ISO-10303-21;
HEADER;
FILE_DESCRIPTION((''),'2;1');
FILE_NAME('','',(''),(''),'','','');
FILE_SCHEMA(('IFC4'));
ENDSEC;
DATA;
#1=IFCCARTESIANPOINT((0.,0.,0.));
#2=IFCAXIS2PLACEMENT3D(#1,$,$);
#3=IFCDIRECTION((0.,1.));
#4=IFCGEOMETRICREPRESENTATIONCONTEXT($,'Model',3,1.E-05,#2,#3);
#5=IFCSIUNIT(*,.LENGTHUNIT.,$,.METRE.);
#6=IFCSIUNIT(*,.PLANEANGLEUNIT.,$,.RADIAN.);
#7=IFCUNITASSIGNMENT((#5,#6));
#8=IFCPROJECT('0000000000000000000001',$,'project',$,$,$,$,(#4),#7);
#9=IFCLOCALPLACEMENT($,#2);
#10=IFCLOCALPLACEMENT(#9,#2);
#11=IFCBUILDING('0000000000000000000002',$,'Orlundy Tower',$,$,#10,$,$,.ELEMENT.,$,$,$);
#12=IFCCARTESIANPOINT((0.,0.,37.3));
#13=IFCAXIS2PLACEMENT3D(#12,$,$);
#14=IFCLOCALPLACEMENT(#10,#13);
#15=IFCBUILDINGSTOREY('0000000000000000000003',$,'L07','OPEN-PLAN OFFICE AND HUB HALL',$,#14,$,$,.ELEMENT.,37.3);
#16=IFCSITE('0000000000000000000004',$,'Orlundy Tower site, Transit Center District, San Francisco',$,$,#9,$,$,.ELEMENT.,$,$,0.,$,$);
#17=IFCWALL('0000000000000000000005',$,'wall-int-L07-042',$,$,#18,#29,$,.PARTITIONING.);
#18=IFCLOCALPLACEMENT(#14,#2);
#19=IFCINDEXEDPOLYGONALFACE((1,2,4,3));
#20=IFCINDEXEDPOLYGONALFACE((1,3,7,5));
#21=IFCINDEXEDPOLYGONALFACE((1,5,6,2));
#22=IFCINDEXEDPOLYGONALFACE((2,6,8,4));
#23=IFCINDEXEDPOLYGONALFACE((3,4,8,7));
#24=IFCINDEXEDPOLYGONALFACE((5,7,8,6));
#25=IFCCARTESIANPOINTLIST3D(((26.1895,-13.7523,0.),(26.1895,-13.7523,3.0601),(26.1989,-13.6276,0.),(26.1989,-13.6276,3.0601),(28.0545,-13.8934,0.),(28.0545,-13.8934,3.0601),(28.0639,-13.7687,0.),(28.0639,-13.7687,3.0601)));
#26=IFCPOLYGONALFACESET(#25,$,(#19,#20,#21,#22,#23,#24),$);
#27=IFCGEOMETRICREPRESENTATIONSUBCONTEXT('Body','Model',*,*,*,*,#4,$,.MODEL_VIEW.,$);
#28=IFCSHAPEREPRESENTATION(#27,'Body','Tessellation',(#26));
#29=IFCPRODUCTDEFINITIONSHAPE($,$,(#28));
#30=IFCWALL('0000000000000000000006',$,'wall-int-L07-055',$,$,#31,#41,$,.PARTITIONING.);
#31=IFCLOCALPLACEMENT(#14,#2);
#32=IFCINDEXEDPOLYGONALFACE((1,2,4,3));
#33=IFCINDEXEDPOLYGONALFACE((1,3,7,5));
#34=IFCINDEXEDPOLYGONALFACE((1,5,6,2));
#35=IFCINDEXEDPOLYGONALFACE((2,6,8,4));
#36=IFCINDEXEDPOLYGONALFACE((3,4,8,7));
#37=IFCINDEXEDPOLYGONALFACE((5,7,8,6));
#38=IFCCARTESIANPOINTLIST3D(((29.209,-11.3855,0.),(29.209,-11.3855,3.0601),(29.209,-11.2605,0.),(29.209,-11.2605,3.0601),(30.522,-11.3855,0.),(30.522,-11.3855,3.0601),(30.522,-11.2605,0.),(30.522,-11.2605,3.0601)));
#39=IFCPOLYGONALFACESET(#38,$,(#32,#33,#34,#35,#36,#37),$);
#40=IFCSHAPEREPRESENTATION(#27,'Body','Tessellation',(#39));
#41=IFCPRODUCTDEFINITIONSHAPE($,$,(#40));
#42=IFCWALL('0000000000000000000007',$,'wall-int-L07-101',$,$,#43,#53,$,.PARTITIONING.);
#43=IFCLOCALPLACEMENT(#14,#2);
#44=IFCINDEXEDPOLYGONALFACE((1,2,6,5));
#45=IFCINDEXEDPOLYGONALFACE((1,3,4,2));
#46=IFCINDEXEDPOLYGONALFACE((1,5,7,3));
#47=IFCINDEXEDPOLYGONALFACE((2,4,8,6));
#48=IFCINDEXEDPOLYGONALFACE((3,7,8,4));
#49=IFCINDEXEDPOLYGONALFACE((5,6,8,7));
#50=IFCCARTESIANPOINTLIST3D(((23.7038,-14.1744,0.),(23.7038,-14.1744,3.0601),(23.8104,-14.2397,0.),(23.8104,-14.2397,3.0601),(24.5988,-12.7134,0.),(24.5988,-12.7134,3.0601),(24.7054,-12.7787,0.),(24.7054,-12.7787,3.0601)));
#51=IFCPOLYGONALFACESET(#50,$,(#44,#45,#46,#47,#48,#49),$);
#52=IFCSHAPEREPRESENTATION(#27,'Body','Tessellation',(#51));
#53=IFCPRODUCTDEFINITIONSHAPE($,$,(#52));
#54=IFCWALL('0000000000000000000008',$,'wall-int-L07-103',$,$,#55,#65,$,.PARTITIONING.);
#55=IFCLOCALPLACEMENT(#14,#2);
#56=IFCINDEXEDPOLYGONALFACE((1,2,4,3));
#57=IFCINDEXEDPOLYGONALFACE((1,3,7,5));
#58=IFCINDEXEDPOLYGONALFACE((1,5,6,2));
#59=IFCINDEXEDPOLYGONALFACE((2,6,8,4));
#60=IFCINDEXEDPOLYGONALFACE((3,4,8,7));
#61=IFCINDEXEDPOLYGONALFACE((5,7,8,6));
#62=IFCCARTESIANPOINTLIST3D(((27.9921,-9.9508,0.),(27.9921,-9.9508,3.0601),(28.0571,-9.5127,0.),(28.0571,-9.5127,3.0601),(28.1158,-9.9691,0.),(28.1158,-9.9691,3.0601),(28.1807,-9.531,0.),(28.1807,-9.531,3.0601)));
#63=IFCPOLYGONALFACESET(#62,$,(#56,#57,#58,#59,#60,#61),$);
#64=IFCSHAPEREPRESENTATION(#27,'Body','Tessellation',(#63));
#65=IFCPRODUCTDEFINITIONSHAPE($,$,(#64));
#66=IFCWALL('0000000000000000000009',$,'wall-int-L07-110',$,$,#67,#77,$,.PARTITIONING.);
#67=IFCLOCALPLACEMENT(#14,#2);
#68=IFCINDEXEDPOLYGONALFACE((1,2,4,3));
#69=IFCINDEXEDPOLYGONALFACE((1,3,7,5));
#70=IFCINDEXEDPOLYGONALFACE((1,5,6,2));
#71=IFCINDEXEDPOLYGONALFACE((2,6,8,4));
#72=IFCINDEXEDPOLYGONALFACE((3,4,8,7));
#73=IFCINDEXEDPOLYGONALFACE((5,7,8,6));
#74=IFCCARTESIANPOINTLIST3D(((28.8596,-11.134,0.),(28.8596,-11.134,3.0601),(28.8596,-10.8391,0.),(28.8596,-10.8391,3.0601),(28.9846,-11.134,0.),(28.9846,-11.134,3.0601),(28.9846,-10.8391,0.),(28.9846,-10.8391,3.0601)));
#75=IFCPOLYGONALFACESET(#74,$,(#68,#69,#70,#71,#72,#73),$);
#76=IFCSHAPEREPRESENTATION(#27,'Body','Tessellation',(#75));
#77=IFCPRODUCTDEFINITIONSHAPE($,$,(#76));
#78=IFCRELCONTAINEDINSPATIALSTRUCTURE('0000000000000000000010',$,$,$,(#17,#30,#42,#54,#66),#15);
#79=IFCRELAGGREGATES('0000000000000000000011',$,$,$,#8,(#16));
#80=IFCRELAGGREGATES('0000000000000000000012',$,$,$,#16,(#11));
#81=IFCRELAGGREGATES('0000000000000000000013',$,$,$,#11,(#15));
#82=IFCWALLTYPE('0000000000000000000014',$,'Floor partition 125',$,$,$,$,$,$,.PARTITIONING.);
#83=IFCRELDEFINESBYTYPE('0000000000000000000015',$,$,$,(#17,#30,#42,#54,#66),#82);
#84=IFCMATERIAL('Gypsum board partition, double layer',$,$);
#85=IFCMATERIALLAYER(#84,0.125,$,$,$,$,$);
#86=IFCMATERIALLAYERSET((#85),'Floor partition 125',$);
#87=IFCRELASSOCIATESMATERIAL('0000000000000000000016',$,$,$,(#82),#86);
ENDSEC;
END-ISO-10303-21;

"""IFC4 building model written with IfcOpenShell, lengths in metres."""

from ifc_helpers import new_model, si_unit, direction, frame, frame_2d, origin, place, context, subcontext, project, spatial, rectangle, extrude, material, layer, layer_set, type_object, element, save


model = new_model("IFC4")

# Units and contexts
model_context = context("Model", 3, precision=1e-05, world=origin(), true_north=direction((0.0, 1.0)))
body_context = subcontext(model_context, "Body", "Model", "MODEL_VIEW")
ifc_project = project(units=[si_unit("LENGTHUNIT", "METRE"), si_unit("PLANEANGLEUNIT", "RADIAN")], contexts=[model_context])

# Site, building, storey
site_placement = place(None, origin())
site = spatial("IfcSite", under=ifc_project, at=site_placement, Name="Orlundy Tower site, Transit Center District, San Francisco", CompositionType="ELEMENT", RefElevation=0.0)
building_placement = place(site_placement, origin())
building = spatial("IfcBuilding", under=site, at=building_placement, Name="Orlundy Tower", CompositionType="ELEMENT")
storey_placement = place(building_placement, frame((0.0, 0.0, 37.3)))
storey = spatial("IfcBuildingStorey", under=building, at=storey_placement, Name="L07", Description="OPEN-PLAN OFFICE AND HUB HALL", CompositionType="ELEMENT", Elevation=37.3)

# Shared definitions
ifc_material_1 = material(Name="Gypsum board partition, double layer")
ifc_layer_1 = layer(ifc_material_1, 0.125)
ifc_layer_set_1 = layer_set([ifc_layer_1], Name="Floor partition 125")
wall_type_1 = type_object("IfcWallType", Name="Floor partition 125", PredefinedType="PARTITIONING", material=ifc_layer_set_1)

# Walls
wall_1_placement = place(storey_placement, frame((28.0591, -13.8311, 0.0), z_axis=(0.0, 0.0, 1.0), x_axis=(-0.99715, 0.075449, 0.0)))
element("IfcWall", 1, at=wall_1_placement, inside=storey, type_object=wall_type_1, Name="wall-int-L07-042", PredefinedType="PARTITIONING", context=body_context, shape_type="SweptSolid", body=[
    extrude(rectangle(XDim=1.8704, YDim=0.125, at=frame_2d((0.9351, 0.0))), origin(), (0.0, 0.0, 1.0), 3.0601),
])
wall_2_placement = place(storey_placement, frame((29.209, -11.323, 0.0), z_axis=(0.0, 0.0, 1.0), x_axis=(1.0, 0.0, 0.0)))
element("IfcWall", 2, at=wall_2_placement, inside=storey, type_object=wall_type_1, Name="wall-int-L07-055", PredefinedType="PARTITIONING", context=body_context, shape_type="SweptSolid", body=[
    extrude(rectangle(XDim=1.313, YDim=0.125, at=frame_2d((0.6565, 0.0))), origin(), (0.0, 0.0, 1.0), 3.0601),
])
wall_3_placement = place(storey_placement, frame((23.7571, -14.207, 0.0), z_axis=(0.0, 0.0, 1.0), x_axis=(0.522395, 0.852704, 0.0)))
element("IfcWall", 3, at=wall_3_placement, inside=storey, type_object=wall_type_1, Name="wall-int-L07-101", PredefinedType="PARTITIONING", context=body_context, shape_type="SweptSolid", body=[
    extrude(rectangle(XDim=1.7134, YDim=0.125, at=frame_2d((0.8567, 0.0))), origin(), (0.0, 0.0, 1.0), 3.0601),
])
wall_4_placement = place(storey_placement, frame((28.054, -9.96, 0.0), z_axis=(0.0, 0.0, 1.0), x_axis=(0.146669, 0.989186, 0.0)))
element("IfcWall", 4, at=wall_4_placement, inside=storey, type_object=wall_type_1, Name="wall-int-L07-103", PredefinedType="PARTITIONING", context=body_context, shape_type="SweptSolid", body=[
    extrude(rectangle(XDim=0.4429, YDim=0.125, at=frame_2d((0.2214, 0.0))), origin(), (0.0, 0.0, 1.0), 3.0601),
])
wall_5_placement = place(storey_placement, frame((28.9221, -11.134, 0.0), z_axis=(0.0, 0.0, 1.0), x_axis=(0.0, 1.0, 0.0)))
element("IfcWall", 5, at=wall_5_placement, inside=storey, type_object=wall_type_1, Name="wall-int-L07-110", PredefinedType="PARTITIONING", context=body_context, shape_type="SweptSolid", body=[
    extrude(rectangle(XDim=0.2949, YDim=0.125, at=frame_2d((0.1475, 0.0))), origin(), (0.0, 0.0, 1.0), 3.0601),
])

save(model, "model.ifc")
